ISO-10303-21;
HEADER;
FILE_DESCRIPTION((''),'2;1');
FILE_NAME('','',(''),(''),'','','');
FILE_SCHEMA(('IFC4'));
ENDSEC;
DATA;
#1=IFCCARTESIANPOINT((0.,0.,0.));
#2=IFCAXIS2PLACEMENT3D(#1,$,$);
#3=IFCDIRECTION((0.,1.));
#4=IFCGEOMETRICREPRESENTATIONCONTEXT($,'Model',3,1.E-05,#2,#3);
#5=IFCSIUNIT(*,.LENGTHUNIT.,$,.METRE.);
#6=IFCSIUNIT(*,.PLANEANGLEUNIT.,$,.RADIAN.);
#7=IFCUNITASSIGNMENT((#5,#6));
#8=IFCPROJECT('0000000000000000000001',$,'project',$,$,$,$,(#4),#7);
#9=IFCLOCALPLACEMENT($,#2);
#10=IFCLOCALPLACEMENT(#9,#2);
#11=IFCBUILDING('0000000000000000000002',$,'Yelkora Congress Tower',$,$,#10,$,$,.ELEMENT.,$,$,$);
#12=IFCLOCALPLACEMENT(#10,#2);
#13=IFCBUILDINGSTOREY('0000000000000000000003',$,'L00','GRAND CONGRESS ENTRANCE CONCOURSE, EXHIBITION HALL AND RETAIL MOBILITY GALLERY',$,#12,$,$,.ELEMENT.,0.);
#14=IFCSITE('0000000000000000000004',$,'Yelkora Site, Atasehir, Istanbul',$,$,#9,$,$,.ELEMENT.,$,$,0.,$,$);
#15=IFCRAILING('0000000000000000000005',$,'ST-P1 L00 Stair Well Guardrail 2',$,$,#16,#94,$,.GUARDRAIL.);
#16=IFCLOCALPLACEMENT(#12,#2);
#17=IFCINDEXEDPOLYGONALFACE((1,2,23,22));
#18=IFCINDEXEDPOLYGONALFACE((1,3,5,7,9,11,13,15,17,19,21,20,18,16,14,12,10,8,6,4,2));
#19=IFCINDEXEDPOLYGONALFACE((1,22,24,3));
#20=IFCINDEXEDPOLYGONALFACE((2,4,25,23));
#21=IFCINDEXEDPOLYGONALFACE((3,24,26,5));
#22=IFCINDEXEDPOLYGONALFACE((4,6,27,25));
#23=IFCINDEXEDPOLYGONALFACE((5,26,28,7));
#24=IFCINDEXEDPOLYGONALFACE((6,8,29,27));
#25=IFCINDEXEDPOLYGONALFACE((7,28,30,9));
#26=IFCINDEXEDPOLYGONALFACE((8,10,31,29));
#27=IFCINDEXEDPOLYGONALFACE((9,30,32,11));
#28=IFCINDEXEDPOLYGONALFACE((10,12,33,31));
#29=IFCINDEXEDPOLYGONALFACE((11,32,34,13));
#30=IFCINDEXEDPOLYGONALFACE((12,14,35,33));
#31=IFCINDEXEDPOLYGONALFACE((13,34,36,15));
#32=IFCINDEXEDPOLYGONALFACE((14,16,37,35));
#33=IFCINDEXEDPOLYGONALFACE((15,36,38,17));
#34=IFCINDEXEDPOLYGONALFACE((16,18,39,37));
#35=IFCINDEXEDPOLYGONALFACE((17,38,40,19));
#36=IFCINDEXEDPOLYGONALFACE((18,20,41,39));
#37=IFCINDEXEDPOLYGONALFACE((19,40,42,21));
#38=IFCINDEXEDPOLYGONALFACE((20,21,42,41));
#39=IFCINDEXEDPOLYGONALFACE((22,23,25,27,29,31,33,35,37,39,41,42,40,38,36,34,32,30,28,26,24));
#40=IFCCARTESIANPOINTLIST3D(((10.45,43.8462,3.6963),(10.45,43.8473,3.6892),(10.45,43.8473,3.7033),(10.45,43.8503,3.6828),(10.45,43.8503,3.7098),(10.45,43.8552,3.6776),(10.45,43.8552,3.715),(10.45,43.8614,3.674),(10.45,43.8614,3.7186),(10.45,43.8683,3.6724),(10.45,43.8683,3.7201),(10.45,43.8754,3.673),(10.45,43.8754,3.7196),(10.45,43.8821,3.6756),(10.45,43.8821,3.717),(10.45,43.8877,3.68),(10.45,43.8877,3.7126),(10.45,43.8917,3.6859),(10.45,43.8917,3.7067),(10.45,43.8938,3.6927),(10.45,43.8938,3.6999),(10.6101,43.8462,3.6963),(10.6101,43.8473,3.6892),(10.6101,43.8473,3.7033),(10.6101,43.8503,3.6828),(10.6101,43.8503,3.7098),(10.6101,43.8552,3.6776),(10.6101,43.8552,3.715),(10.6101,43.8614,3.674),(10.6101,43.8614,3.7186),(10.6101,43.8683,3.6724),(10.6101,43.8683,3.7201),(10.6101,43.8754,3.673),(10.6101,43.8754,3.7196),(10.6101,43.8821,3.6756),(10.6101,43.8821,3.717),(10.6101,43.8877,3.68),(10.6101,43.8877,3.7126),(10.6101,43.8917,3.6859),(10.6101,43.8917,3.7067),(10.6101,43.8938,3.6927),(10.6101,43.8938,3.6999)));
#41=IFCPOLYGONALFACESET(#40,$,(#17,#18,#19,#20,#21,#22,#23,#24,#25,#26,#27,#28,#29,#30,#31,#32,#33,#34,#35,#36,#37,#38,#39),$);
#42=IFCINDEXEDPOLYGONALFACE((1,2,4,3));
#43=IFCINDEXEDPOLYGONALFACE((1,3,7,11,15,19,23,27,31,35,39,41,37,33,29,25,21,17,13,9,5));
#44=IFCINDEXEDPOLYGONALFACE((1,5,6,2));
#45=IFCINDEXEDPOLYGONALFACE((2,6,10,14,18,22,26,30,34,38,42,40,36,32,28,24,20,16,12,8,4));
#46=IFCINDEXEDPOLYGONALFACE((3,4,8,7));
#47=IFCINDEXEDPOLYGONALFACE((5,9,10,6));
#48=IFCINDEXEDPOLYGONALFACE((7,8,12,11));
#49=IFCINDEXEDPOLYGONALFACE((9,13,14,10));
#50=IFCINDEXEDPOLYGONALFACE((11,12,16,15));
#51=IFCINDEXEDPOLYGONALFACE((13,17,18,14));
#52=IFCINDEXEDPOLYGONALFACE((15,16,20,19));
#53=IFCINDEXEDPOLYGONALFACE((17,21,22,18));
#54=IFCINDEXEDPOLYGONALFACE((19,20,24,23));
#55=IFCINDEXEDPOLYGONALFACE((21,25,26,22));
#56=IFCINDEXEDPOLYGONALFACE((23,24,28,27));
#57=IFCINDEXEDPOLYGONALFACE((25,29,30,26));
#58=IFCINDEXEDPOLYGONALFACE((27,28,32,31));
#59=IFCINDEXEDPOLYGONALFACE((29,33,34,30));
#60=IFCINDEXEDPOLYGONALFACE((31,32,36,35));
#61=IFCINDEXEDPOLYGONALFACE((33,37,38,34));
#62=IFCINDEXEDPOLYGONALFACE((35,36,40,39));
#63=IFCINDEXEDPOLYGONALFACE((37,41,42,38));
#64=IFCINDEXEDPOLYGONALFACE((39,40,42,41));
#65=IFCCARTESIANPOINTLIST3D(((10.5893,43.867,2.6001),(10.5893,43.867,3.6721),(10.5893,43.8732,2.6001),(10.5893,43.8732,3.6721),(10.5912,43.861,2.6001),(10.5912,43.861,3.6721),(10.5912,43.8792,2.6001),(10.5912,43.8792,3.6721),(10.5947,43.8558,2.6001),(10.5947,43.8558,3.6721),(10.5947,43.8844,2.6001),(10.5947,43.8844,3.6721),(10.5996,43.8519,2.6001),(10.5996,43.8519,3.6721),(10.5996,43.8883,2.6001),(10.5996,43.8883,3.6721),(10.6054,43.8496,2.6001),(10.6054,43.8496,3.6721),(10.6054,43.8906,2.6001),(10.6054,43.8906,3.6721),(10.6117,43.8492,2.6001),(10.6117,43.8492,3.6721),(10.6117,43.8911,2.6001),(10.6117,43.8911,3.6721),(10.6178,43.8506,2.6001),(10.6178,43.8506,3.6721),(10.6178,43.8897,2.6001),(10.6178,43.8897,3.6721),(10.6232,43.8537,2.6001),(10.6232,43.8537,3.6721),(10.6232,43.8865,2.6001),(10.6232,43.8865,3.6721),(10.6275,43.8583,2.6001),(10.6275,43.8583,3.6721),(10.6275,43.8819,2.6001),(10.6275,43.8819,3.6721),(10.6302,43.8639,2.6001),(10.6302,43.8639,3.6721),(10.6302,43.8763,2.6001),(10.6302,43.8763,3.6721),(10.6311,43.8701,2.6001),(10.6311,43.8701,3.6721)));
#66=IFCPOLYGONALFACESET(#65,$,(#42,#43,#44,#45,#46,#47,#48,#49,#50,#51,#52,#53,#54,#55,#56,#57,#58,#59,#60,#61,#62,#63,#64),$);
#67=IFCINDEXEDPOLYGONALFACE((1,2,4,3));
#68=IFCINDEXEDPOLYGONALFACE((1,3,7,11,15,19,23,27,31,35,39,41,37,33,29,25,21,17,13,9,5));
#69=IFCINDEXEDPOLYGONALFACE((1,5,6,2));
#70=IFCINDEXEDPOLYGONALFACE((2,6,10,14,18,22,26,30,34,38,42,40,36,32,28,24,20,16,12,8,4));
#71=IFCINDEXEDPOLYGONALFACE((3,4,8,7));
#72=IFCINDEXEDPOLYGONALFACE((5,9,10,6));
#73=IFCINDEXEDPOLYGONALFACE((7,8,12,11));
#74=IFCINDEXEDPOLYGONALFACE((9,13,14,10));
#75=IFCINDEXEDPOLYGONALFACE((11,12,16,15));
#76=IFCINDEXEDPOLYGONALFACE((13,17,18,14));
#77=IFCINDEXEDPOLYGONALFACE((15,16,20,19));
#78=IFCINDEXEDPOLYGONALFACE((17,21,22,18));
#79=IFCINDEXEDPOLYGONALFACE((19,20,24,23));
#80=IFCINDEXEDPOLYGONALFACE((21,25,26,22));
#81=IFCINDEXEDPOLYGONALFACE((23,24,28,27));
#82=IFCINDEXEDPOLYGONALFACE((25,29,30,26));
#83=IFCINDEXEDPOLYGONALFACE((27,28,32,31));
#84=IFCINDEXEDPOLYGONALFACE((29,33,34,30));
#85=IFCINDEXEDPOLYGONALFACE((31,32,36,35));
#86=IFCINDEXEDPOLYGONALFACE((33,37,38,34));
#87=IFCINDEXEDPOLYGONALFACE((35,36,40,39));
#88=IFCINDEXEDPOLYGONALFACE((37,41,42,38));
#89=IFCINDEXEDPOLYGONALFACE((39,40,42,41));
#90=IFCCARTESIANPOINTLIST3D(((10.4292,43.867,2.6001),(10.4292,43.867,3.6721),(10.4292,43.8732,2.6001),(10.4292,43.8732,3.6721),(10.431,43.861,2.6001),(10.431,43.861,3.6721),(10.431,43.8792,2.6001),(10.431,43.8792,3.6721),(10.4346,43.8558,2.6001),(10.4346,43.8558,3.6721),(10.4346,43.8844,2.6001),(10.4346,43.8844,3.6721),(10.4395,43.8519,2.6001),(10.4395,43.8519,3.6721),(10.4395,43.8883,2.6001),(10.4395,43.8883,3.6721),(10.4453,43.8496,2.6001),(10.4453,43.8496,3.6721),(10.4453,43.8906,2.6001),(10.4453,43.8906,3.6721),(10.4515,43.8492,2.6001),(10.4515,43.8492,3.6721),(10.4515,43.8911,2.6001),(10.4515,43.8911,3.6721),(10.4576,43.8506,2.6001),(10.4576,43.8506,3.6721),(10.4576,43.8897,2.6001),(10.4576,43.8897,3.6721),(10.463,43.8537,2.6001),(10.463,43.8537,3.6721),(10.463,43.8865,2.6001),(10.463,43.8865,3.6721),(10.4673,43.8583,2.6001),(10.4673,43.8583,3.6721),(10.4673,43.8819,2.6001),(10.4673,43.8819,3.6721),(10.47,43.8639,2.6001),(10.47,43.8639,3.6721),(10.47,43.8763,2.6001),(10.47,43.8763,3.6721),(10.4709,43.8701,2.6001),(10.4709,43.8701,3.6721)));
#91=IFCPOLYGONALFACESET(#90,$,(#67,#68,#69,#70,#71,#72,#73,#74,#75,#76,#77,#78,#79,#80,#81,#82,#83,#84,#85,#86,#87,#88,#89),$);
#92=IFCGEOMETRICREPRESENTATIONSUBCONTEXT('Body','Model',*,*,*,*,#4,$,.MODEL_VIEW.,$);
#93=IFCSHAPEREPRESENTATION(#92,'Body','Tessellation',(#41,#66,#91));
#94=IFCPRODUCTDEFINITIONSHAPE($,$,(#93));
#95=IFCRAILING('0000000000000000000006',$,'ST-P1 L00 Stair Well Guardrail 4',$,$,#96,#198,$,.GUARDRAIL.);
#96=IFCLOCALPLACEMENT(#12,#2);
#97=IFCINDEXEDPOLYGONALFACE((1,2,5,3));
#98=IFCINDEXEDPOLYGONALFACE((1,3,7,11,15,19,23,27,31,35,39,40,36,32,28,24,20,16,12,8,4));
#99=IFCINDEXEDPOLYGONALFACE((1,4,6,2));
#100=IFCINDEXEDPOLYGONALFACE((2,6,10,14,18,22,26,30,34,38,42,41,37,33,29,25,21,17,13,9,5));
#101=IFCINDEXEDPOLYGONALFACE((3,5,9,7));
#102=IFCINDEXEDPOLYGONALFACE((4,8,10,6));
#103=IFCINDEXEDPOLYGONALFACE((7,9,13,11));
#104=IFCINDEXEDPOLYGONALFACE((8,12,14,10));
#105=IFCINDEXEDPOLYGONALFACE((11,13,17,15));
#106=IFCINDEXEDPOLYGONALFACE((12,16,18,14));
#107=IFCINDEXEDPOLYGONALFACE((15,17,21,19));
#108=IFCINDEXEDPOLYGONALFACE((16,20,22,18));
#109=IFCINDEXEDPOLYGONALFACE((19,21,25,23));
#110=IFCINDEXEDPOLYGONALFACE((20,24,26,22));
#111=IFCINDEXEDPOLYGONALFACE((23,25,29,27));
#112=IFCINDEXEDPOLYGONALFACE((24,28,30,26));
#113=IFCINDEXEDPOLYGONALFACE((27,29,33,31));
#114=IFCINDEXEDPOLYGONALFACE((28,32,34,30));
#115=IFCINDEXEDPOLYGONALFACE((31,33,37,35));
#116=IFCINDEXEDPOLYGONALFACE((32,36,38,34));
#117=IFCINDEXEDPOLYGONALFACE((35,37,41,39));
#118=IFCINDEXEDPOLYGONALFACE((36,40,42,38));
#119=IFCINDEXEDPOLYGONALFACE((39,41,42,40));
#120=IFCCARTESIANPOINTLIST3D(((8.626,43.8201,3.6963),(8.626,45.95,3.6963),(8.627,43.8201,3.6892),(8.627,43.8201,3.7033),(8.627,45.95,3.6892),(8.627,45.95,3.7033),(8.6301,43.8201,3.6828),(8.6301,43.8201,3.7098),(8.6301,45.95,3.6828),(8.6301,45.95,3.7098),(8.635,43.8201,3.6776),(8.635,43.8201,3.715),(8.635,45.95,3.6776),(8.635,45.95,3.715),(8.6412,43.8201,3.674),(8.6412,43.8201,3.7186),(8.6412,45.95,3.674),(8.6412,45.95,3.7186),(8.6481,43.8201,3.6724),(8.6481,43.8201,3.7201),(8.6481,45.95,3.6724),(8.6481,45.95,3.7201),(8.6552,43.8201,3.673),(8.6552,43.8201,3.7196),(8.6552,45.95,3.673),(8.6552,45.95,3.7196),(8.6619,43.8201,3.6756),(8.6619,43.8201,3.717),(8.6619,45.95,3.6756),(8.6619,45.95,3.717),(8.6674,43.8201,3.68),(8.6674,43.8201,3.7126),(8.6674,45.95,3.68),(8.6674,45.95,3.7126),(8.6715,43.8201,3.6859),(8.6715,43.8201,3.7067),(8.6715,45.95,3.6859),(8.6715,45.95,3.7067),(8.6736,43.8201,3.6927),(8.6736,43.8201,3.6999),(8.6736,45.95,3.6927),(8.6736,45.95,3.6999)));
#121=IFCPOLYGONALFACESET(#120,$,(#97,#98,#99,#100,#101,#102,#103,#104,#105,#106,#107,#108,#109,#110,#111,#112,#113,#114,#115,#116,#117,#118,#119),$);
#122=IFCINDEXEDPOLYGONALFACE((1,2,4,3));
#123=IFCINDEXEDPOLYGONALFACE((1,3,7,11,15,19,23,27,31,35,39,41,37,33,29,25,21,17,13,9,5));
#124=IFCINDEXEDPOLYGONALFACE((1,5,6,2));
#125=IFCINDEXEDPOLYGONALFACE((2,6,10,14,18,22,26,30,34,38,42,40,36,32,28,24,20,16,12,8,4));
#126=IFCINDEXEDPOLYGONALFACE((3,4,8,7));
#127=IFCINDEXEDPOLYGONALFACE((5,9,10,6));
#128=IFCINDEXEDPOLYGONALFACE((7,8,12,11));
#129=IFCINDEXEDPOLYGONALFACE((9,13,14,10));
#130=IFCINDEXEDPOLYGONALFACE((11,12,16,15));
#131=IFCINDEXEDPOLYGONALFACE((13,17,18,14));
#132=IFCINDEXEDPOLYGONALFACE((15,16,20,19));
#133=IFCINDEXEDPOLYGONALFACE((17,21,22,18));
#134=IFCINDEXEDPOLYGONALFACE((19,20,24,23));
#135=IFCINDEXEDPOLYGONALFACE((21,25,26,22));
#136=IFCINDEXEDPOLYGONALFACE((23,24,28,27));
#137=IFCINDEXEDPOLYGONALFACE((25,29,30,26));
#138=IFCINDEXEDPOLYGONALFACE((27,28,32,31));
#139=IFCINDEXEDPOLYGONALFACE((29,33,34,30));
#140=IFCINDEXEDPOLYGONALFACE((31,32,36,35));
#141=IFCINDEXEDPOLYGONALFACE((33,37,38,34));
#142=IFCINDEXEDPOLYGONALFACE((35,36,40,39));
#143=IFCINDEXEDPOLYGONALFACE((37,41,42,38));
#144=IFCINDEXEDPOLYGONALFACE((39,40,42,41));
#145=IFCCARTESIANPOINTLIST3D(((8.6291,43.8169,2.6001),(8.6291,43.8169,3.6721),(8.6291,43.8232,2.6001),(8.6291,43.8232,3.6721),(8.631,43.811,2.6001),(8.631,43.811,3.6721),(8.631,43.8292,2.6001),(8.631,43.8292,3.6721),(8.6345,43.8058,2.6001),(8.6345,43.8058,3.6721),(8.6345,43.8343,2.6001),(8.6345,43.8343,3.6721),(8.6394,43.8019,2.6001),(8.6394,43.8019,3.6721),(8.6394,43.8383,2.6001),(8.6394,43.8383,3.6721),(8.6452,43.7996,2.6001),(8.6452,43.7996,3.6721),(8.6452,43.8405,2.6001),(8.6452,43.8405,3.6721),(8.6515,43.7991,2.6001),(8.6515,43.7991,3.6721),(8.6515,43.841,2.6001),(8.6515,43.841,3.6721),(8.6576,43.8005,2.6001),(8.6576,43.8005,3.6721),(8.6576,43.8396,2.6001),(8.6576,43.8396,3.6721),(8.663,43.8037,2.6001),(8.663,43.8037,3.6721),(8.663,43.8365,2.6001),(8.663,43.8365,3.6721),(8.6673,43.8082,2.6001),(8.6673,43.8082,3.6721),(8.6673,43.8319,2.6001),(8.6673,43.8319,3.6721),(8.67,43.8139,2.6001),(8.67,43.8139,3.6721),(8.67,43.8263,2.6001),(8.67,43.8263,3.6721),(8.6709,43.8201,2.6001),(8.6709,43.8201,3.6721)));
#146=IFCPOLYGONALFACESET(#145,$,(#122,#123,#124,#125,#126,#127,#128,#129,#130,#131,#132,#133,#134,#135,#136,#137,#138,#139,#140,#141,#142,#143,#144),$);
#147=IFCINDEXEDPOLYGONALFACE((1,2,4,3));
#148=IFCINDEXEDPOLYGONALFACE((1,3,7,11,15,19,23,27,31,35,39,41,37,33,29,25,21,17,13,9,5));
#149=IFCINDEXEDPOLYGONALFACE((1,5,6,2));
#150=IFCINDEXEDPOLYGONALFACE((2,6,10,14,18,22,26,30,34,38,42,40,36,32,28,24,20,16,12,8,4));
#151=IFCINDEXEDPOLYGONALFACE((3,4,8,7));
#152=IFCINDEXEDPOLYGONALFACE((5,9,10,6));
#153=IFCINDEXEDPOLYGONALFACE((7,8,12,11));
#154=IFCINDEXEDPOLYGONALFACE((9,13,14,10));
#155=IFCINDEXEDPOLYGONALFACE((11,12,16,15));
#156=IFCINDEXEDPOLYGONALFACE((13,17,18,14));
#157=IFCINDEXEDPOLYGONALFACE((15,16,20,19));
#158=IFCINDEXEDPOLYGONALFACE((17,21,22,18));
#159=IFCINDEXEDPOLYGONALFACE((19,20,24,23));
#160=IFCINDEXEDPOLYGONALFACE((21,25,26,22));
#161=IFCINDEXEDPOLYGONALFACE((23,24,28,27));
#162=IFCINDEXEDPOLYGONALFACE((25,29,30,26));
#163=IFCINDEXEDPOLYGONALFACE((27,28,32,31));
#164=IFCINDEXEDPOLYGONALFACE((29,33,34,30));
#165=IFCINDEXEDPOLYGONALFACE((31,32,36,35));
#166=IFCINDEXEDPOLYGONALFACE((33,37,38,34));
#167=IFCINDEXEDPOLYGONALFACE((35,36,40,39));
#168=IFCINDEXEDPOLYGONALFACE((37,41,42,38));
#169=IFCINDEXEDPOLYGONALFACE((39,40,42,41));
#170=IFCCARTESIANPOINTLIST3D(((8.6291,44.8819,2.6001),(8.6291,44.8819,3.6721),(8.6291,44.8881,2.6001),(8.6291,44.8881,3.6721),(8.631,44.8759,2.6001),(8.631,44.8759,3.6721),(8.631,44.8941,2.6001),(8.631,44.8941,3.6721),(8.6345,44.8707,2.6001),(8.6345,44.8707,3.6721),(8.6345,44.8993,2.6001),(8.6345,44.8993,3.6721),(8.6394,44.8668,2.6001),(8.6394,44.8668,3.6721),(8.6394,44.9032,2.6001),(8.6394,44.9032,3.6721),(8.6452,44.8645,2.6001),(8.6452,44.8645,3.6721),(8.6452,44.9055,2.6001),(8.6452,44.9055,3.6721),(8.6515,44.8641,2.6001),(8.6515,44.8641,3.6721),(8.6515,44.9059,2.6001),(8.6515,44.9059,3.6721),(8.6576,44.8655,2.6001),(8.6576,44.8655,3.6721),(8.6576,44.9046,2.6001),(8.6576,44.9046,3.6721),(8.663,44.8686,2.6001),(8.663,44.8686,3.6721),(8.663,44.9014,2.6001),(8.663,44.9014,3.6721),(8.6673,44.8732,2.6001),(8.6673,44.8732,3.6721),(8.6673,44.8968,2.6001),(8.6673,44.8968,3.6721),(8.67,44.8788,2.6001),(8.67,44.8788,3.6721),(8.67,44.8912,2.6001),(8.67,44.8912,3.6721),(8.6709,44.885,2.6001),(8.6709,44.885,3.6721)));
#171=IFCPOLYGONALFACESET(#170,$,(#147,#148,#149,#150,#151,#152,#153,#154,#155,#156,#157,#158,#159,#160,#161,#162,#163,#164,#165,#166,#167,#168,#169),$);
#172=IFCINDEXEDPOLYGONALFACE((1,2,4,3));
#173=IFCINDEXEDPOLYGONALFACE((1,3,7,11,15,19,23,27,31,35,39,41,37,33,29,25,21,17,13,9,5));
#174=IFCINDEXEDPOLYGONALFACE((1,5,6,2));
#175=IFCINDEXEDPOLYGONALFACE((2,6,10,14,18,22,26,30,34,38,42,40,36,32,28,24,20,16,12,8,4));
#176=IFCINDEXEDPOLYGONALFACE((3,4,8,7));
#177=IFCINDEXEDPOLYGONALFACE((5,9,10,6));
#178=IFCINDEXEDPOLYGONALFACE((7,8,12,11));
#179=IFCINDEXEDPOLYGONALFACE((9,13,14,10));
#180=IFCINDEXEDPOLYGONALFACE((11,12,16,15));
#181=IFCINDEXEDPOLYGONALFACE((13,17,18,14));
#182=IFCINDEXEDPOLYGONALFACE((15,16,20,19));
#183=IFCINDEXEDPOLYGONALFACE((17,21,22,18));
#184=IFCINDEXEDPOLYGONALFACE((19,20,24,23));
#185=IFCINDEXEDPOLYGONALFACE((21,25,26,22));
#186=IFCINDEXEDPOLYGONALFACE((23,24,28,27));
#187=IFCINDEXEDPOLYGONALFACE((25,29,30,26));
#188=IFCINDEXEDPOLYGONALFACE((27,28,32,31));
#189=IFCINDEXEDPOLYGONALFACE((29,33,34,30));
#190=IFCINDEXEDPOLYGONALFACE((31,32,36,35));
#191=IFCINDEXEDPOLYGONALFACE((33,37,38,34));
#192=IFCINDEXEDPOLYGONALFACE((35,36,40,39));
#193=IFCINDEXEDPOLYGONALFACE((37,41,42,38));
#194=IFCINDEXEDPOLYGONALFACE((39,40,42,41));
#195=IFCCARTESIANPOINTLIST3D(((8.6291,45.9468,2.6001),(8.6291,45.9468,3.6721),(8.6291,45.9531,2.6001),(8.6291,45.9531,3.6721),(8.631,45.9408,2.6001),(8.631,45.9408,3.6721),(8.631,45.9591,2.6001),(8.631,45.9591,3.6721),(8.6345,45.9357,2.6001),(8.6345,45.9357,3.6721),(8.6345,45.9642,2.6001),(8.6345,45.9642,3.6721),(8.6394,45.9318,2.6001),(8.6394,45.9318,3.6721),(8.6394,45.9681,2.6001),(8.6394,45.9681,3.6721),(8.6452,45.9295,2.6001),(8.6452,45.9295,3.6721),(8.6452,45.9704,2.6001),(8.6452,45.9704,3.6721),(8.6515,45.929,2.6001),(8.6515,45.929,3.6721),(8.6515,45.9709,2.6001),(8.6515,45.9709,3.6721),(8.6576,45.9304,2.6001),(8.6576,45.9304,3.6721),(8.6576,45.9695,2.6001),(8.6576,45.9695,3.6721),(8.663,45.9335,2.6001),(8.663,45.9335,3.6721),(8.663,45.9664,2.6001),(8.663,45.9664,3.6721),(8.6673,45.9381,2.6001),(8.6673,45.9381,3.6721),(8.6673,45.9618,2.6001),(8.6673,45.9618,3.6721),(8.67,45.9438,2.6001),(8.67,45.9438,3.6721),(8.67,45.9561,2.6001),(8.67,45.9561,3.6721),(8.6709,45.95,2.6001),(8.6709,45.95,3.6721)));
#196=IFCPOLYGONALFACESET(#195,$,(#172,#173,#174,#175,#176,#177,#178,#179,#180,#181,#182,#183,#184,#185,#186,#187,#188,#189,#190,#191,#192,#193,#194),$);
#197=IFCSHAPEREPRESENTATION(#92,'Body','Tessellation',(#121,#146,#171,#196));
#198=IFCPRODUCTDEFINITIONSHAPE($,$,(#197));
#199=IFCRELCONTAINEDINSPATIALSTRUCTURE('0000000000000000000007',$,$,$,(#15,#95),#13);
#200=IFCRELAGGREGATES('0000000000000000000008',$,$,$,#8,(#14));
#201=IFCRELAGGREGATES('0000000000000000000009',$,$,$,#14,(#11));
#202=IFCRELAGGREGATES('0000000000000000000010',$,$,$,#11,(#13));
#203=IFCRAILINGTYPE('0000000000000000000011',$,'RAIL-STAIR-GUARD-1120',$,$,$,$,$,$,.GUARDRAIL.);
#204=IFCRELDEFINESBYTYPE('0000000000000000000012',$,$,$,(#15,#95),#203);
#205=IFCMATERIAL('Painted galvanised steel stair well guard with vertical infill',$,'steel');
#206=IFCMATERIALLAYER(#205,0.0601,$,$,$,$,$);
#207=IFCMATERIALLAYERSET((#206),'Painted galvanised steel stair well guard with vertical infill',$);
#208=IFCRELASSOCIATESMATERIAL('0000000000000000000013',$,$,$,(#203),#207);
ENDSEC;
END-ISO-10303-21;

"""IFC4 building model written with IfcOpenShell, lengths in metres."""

from ifc_helpers import new_model, si_unit, direction, frame, origin, origin_2d, place, context, subcontext, project, spatial, circle, extrude, material, layer, layer_set, type_object, element, save


model = new_model("IFC4")

# Units and contexts
model_context = context("Model", 3, precision=1e-05, world=origin(), true_north=direction((0.0, 1.0)))
body_context = subcontext(model_context, "Body", "Model", "MODEL_VIEW")
ifc_project = project(units=[si_unit("LENGTHUNIT", "METRE"), si_unit("PLANEANGLEUNIT", "RADIAN")], contexts=[model_context])

# Site, building, storey
site_placement = place(None, origin())
site = spatial("IfcSite", under=ifc_project, at=site_placement, Name="Yelkora Site, Atasehir, Istanbul", CompositionType="ELEMENT", RefElevation=0.0)
building_placement = place(site_placement, origin())
building = spatial("IfcBuilding", under=site, at=building_placement, Name="Yelkora Congress Tower", CompositionType="ELEMENT")
storey_placement = place(building_placement, origin())
storey = spatial("IfcBuildingStorey", under=building, at=storey_placement, Name="L00", Description="GRAND CONGRESS ENTRANCE CONCOURSE, EXHIBITION HALL AND RETAIL MOBILITY GALLERY", CompositionType="ELEMENT", Elevation=0.0)

# Railings
ifc_material_1 = material(Name="Painted galvanised steel stair well guard with vertical infill", Category="steel")
ifc_layer_1 = layer(ifc_material_1, 0.0601)
ifc_layer_set_1 = layer_set([ifc_layer_1], Name="Painted galvanised steel stair well guard with vertical infill")
railing_type_1 = type_object("IfcRailingType", Name="RAIL-STAIR-GUARD-1120", PredefinedType="GUARDRAIL", material=ifc_layer_set_1)
railing_1_placement = place(storey_placement, frame((10.6101, 43.8701, 2.6001)))
element("IfcRailing", 1, at=railing_1_placement, inside=storey, type_object=railing_type_1, Name="ST-P1 L00 Stair Well Guardrail 2", PredefinedType="GUARDRAIL", context=body_context, shape_type="SweptSolid", body=[
    extrude(circle(Radius=0.0239, at=origin_2d()), frame((0.0, 0.0, 1.0962), z_axis=(-1.0, 0.0, 0.0), x_axis=(0.0, -1.0, 0.0)), (0.0, 0.0, 1.0), 0.1602),
    extrude(circle(Radius=0.021, at=origin_2d()), origin(), (0.0, 0.0, 1.0), 1.072),
    extrude(circle(Radius=0.021, at=origin_2d()), frame((-0.1602, 0.0, 0.0)), (0.0, 0.0, 1.0), 1.072),
])
railing_2_placement = place(storey_placement, frame((8.6499, 43.8201, 2.6001)))
element("IfcRailing", 2, at=railing_2_placement, inside=storey, type_object=railing_type_1, Name="ST-P1 L00 Stair Well Guardrail 4", PredefinedType="GUARDRAIL", context=body_context, shape_type="SweptSolid", body=[
    extrude(circle(Radius=0.0239, at=origin_2d()), frame((0.0, 0.0, 1.0962), z_axis=(0.0, 1.0, 0.0), x_axis=(-1.0, 0.0, 0.0)), (0.0, 0.0, 1.0), 2.1299),
    extrude(circle(Radius=0.021, at=origin_2d()), origin(), (0.0, 0.0, 1.0), 1.072),
    extrude(circle(Radius=0.021, at=origin_2d()), frame((0.0, 1.0649, 0.0)), (0.0, 0.0, 1.0), 1.072),
    extrude(circle(Radius=0.021, at=origin_2d()), frame((0.0, 2.1299, 0.0)), (0.0, 0.0, 1.0), 1.072),
])

save(model, "model.ifc")
